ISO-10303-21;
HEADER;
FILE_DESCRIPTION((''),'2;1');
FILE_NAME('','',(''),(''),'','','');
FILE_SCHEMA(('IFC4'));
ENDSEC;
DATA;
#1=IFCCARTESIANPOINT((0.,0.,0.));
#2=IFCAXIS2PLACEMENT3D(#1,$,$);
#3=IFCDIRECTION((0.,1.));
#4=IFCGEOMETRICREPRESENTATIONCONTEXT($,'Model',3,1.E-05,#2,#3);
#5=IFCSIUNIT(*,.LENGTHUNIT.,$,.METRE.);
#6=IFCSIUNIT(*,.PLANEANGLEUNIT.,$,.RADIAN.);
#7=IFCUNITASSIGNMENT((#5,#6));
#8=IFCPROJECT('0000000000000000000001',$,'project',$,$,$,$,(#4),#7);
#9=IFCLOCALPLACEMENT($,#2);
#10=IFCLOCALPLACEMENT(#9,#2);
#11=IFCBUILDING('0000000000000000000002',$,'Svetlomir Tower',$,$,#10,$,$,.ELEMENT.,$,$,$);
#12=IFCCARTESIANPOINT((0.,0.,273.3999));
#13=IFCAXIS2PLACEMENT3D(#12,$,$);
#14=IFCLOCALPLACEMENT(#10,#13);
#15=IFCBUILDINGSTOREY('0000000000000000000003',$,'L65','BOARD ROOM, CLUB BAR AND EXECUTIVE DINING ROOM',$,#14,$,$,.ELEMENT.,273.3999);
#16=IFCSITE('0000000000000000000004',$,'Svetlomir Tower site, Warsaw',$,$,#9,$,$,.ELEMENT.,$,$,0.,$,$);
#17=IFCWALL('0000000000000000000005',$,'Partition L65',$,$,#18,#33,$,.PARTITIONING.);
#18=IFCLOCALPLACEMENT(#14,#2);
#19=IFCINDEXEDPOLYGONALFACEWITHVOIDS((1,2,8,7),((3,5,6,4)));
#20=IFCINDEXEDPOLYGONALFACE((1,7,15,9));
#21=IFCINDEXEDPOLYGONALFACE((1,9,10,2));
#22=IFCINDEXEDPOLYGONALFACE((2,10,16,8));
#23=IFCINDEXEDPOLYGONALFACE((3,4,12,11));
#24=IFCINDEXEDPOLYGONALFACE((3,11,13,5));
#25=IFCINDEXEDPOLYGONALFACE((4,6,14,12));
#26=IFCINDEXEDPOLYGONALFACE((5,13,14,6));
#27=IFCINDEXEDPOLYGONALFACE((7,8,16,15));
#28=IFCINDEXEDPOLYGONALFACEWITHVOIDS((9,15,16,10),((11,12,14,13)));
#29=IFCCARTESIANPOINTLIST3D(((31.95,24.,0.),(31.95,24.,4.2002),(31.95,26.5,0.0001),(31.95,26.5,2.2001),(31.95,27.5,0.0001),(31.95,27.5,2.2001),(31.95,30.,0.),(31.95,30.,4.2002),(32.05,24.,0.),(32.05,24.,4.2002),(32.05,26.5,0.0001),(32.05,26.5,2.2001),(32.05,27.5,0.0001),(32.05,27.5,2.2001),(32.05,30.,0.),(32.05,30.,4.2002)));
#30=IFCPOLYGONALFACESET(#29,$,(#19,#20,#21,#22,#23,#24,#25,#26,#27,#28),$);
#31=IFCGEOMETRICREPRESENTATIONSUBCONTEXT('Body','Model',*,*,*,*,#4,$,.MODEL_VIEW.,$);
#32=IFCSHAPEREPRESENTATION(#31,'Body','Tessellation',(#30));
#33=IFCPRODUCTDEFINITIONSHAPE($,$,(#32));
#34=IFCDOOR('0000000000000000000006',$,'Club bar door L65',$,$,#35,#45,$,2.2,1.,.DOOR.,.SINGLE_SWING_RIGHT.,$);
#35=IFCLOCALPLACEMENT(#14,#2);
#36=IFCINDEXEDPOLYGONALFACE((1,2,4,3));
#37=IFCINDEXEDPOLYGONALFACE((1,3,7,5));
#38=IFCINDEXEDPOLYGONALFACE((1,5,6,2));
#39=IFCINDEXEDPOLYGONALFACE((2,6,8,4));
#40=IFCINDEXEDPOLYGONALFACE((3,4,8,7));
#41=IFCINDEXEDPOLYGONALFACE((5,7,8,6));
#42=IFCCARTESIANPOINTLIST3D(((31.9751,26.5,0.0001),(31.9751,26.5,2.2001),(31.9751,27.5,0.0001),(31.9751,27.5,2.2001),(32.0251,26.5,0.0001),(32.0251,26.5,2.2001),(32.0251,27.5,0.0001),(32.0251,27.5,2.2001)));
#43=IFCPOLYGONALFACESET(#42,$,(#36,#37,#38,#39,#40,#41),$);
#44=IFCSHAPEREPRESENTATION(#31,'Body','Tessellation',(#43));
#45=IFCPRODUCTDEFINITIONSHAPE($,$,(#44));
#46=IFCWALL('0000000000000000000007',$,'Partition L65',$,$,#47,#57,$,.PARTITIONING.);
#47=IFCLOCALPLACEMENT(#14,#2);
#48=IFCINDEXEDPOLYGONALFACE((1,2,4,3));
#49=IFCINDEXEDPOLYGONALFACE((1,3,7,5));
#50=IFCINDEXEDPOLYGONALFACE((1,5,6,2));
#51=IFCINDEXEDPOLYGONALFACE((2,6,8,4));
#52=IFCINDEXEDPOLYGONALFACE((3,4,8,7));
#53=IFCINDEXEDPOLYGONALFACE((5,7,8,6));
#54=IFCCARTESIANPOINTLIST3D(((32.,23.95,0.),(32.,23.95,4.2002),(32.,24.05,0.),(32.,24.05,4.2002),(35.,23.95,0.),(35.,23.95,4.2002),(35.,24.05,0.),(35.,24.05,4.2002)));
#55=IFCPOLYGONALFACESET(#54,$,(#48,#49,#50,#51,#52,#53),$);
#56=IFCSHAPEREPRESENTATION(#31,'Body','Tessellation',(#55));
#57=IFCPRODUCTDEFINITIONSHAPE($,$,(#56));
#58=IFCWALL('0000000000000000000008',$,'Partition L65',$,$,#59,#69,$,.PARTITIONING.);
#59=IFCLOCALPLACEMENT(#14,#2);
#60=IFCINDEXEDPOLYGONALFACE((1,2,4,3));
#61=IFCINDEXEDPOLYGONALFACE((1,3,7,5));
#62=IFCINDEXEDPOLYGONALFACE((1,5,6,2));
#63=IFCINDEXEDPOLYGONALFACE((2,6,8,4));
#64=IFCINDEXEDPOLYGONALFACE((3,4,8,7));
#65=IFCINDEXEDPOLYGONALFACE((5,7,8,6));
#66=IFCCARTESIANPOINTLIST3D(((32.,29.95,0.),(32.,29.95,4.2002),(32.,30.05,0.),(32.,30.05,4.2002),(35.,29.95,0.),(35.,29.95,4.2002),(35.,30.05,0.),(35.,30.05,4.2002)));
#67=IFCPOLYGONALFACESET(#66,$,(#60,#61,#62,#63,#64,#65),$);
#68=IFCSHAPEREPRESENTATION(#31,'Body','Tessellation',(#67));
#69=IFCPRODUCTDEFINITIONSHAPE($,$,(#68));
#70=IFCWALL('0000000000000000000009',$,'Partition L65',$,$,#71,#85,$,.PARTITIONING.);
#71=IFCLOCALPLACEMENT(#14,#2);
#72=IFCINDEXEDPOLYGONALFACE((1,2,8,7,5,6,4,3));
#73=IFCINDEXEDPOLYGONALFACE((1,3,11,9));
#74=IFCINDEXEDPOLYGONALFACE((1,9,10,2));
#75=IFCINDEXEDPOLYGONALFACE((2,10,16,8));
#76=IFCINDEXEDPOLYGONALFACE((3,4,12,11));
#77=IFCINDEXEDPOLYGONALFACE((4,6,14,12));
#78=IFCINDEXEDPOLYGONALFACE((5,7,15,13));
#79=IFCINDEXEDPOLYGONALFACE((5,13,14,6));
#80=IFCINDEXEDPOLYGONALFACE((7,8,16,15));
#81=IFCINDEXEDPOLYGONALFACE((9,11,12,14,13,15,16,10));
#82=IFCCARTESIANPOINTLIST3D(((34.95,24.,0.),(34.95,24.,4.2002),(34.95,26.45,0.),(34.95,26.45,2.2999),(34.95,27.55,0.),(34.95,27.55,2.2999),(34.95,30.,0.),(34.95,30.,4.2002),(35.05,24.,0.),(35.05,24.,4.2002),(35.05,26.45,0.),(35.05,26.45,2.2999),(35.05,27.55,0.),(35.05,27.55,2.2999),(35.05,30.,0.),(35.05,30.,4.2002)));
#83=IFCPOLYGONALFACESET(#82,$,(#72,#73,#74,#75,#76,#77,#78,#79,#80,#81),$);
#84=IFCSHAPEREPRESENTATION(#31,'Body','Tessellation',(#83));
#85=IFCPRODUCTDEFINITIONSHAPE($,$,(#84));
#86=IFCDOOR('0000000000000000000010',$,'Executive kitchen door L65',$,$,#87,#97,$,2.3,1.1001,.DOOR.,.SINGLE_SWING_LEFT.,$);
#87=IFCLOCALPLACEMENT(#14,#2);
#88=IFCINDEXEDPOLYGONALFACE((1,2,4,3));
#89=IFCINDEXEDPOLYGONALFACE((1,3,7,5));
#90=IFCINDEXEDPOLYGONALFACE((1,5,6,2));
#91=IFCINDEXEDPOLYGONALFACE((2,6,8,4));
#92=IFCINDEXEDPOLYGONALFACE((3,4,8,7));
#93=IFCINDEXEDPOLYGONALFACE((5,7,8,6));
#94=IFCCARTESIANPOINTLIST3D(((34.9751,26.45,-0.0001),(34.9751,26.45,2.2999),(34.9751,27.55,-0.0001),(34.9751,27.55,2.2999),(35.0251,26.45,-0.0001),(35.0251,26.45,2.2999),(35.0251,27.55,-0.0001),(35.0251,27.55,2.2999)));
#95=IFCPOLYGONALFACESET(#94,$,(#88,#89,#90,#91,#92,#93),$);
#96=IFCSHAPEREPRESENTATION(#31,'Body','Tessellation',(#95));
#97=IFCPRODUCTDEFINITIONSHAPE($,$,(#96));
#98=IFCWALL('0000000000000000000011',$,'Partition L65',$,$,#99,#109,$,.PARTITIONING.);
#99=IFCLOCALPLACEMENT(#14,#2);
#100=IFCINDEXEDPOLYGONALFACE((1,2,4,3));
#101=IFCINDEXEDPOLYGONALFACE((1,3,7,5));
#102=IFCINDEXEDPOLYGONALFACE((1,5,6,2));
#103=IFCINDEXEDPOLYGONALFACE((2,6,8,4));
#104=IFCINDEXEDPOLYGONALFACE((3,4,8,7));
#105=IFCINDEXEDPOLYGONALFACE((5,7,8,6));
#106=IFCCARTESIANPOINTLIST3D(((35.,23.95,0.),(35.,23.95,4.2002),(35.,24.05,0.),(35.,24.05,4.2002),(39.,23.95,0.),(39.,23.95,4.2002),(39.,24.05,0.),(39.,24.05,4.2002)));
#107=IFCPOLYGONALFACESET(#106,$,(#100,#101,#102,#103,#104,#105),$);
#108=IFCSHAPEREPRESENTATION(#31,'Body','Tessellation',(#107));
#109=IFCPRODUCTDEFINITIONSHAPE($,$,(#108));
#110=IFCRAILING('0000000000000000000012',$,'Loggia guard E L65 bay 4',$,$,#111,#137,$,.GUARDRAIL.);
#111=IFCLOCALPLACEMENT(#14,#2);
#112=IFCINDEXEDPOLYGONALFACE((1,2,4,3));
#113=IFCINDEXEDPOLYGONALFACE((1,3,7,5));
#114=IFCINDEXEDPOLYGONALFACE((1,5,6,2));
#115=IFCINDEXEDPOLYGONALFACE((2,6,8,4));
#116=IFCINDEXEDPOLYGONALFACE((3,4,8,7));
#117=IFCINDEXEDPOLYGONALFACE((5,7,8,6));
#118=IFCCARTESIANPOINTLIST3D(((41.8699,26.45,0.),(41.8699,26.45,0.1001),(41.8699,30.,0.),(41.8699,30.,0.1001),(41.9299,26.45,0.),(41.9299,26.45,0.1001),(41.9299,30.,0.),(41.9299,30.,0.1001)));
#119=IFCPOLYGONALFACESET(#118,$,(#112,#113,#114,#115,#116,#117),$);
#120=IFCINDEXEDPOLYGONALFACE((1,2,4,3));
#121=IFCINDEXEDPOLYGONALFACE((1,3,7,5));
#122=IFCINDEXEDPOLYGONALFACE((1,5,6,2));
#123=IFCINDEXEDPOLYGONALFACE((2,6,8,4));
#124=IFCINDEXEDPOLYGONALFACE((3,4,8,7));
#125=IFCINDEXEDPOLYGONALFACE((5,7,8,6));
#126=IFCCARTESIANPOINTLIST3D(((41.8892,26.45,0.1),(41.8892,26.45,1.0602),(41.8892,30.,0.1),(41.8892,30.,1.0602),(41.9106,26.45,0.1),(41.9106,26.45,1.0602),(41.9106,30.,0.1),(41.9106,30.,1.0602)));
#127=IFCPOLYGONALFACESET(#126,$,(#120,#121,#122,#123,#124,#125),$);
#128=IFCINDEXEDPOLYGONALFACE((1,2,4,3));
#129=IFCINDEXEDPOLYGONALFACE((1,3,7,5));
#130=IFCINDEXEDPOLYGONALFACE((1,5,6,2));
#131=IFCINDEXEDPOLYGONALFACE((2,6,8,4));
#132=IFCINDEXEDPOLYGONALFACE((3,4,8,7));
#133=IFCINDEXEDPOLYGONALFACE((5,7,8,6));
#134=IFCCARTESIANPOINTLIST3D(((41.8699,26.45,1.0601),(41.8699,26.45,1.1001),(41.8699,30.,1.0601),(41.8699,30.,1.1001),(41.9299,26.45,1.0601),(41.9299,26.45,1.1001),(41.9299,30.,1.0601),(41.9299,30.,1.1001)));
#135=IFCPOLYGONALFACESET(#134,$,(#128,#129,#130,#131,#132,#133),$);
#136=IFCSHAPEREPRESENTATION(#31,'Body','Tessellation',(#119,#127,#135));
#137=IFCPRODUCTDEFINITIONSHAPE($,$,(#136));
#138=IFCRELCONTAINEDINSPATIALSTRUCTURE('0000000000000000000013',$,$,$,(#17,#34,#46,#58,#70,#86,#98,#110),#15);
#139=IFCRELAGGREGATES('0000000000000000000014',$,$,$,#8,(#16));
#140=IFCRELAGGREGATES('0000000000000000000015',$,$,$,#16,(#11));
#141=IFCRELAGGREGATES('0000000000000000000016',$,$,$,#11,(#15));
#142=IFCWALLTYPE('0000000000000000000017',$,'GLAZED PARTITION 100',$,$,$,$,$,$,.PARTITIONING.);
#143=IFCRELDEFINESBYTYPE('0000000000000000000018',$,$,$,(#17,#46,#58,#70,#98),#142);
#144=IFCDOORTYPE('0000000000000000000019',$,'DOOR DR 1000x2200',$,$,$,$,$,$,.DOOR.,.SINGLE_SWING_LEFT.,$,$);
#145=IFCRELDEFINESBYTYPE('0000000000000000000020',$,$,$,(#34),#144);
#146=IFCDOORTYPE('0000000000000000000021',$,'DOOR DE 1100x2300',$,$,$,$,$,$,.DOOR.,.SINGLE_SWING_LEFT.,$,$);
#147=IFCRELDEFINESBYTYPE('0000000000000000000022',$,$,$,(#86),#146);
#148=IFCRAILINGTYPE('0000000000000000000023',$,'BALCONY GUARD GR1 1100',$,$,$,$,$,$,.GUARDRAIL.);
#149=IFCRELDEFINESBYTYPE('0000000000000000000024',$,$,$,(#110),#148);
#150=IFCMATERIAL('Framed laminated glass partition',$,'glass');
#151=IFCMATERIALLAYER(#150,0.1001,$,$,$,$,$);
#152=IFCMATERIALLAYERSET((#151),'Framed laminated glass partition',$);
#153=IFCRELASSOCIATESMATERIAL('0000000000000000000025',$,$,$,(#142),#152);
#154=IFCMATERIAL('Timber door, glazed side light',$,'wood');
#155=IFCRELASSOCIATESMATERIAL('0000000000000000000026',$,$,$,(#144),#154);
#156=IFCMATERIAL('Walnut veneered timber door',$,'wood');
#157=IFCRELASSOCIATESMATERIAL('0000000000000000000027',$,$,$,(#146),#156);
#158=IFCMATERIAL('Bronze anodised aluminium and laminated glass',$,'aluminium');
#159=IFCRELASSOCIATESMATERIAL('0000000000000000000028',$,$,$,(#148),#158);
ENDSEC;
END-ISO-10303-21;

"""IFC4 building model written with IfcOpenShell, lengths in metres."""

from ifc_helpers import new_model, si_unit, direction, frame, frame_2d, origin, origin_2d, place, context, subcontext, project, spatial, rectangle, extrude, material, layer, layer_set, type_object, element, fill, save


model = new_model("IFC4")

# Units and contexts
model_context = context("Model", 3, precision=1e-05, world=origin(), true_north=direction((0.0, 1.0)))
body_context = subcontext(model_context, "Body", "Model", "MODEL_VIEW")
ifc_project = project(units=[si_unit("LENGTHUNIT", "METRE"), si_unit("PLANEANGLEUNIT", "RADIAN")], contexts=[model_context])

# Site, building, storey
site_placement = place(None, origin())
site = spatial("IfcSite", under=ifc_project, at=site_placement, Name="Svetlomir Tower site, Warsaw", CompositionType="ELEMENT", RefElevation=0.0)
building_placement = place(site_placement, origin())
building = spatial("IfcBuilding", under=site, at=building_placement, Name="Svetlomir Tower", CompositionType="ELEMENT")
storey_placement = place(building_placement, frame((0.0, 0.0, 273.3999)))
storey = spatial("IfcBuildingStorey", under=building, at=storey_placement, Name="L65", Description="BOARD ROOM, CLUB BAR AND EXECUTIVE DINING ROOM", CompositionType="ELEMENT", Elevation=273.3999)

# Wall, opening, door
ifc_material_1 = material(Name="Framed laminated glass partition", Category="glass")
ifc_layer_1 = layer(ifc_material_1, 0.1001)
ifc_layer_set_1 = layer_set([ifc_layer_1], Name="Framed laminated glass partition")
wall_type = type_object("IfcWallType", Name="GLAZED PARTITION 100", PredefinedType="PARTITIONING", material=ifc_layer_set_1)
wall_1_placement = place(storey_placement, frame((32.0, 24.0, 0.0), z_axis=(0.0, 0.0, 1.0), x_axis=(0.0, 1.0, 0.0)))
wall_1 = element("IfcWall", 1, at=wall_1_placement, inside=storey, type_object=wall_type, Name="Partition L65", PredefinedType="PARTITIONING", context=body_context, shape_type="SweptSolid", body=[
    extrude(rectangle(XDim=6.0, YDim=0.1001, at=frame_2d((3.0, 0.0))), origin(), (0.0, 0.0, 1.0), 4.2002),
])
opening_1_placement = place(wall_1_placement, frame((2.5, 0.0, 0.0)))
opening_1 = element("IfcOpeningElement", 2, at=opening_1_placement, cuts=wall_1, PredefinedType="OPENING", context=body_context, shape_type="SweptSolid", body=[
    extrude(rectangle(XDim=1.0, YDim=2.2, at=frame_2d((0.5, 1.1001))), frame((0.0, 0.0601, 0.0), z_axis=(0.0, -1.0, 0.0), x_axis=(1.0, 0.0, 0.0)), (0.0, 0.0, 1.0), 0.1201),
])
ifc_material_2 = material(Name="Timber door, glazed side light", Category="wood")
door_type_1 = type_object("IfcDoorType", Name="DOOR DR 1000x2200", OperationType="SINGLE_SWING_LEFT", PredefinedType="DOOR", material=ifc_material_2)
door_1_placement = place(opening_1_placement, origin())
door_1 = element("IfcDoor", 3, at=door_1_placement, inside=storey, type_object=door_type_1, Name="Club bar door L65", OperationType="SINGLE_SWING_RIGHT", OverallHeight=2.2, OverallWidth=1.0, PredefinedType="DOOR", context=body_context, shape_type="SweptSolid", body=[
    extrude(rectangle(XDim=1.0, YDim=2.2, at=frame_2d((0.5, 1.1001))), frame((0.0, 0.0249, 0.0), z_axis=(0.0, -1.0, 0.0), x_axis=(1.0, 0.0, 0.0)), (0.0, 0.0, 1.0), 0.05),
])
fill(opening_1, door_1)

# Walls
for number, where, z_axis, x_axis, name in (
    (4, (32.0, 24.0, 0.0), (0.0, 0.0, 1.0), (1.0, 0.0, 0.0), "Partition L65"),
    (5, (32.0, 30.0, 0.0), (0.0, 0.0, 1.0), (1.0, 0.0, 0.0), "Partition L65"),
):
    element("IfcWall", number, at=place(storey_placement, frame(where, z_axis=z_axis, x_axis=x_axis)), inside=storey, type_object=wall_type, Name=name, PredefinedType="PARTITIONING", context=body_context, shape_type="SweptSolid", body=[
        extrude(rectangle(XDim=3.0, YDim=0.1001, at=frame_2d((1.5, 0.0))), origin(), (0.0, 0.0, 1.0), 4.2002),
    ])

# Wall, opening, door
wall_2_placement = place(storey_placement, frame((35.0, 24.0, 0.0), z_axis=(0.0, 0.0, 1.0), x_axis=(0.0, 1.0, 0.0)))
wall_2 = element("IfcWall", 6, at=wall_2_placement, inside=storey, type_object=wall_type, Name="Partition L65", PredefinedType="PARTITIONING", context=body_context, shape_type="SweptSolid", body=[
    extrude(rectangle(XDim=6.0, YDim=0.1001, at=frame_2d((3.0, 0.0))), origin(), (0.0, 0.0, 1.0), 4.2002),
])
opening_2_placement = place(wall_2_placement, frame((2.45, 0.0, 0.0)))
opening_2 = element("IfcOpeningElement", 7, at=opening_2_placement, cuts=wall_2, PredefinedType="OPENING", context=body_context, shape_type="SweptSolid", body=[
    extrude(rectangle(XDim=1.1001, YDim=2.3, at=frame_2d((0.55, 1.1499))), frame((0.0, 0.0601, 0.0), z_axis=(0.0, -1.0, 0.0), x_axis=(1.0, 0.0, 0.0)), (0.0, 0.0, 1.0), 0.1201),
])
ifc_material_3 = material(Name="Walnut veneered timber door", Category="wood")
door_type_2 = type_object("IfcDoorType", Name="DOOR DE 1100x2300", OperationType="SINGLE_SWING_LEFT", PredefinedType="DOOR", material=ifc_material_3)
door_2_placement = place(opening_2_placement, origin())
door_2 = element("IfcDoor", 8, at=door_2_placement, inside=storey, type_object=door_type_2, Name="Executive kitchen door L65", OperationType="SINGLE_SWING_LEFT", OverallHeight=2.3, OverallWidth=1.1001, PredefinedType="DOOR", context=body_context, shape_type="SweptSolid", body=[
    extrude(rectangle(XDim=1.1001, YDim=2.3, at=frame_2d((0.55, 1.1499))), frame((0.0, 0.0249, 0.0), z_axis=(0.0, -1.0, 0.0), x_axis=(1.0, 0.0, 0.0)), (0.0, 0.0, 1.0), 0.05),
])
fill(opening_2, door_2)

# Wall
wall_3_placement = place(storey_placement, frame((35.0, 24.0, 0.0), z_axis=(0.0, 0.0, 1.0), x_axis=(1.0, 0.0, 0.0)))
element("IfcWall", 9, at=wall_3_placement, inside=storey, type_object=wall_type, Name="Partition L65", PredefinedType="PARTITIONING", context=body_context, shape_type="SweptSolid", body=[
    extrude(rectangle(XDim=4.0, YDim=0.1001, at=frame_2d((2.0, 0.0))), origin(), (0.0, 0.0, 1.0), 4.2002),
])

# Railing
ifc_material_4 = material(Name="Bronze anodised aluminium and laminated glass", Category="aluminium")
railing_type = type_object("IfcRailingType", Name="BALCONY GUARD GR1 1100", PredefinedType="GUARDRAIL", material=ifc_material_4)
railing_placement = place(storey_placement, frame((41.8999, 26.45, 0.0)))
element("IfcRailing", 10, at=railing_placement, inside=storey, type_object=railing_type, Name="Loggia guard E L65 bay 4", PredefinedType="GUARDRAIL", context=body_context, shape_type="SweptSolid", body=[
    extrude(rectangle(XDim=0.0601, YDim=0.1001, at=origin_2d()), frame((0.0, 0.0, 0.05), z_axis=(0.0, 1.0, 0.0), x_axis=(-1.0, 0.0, 0.0)), (0.0, 0.0, 1.0), 3.55),
    extrude(rectangle(XDim=0.0215, YDim=0.9602, at=origin_2d()), frame((0.0, 0.0, 0.5801), z_axis=(0.0, 1.0, 0.0), x_axis=(-1.0, 0.0, 0.0)), (0.0, 0.0, 1.0), 3.55),
    extrude(rectangle(XDim=0.0601, YDim=0.04, at=origin_2d()), frame((0.0, 0.0, 1.0801), z_axis=(0.0, 1.0, 0.0), x_axis=(-1.0, 0.0, 0.0)), (0.0, 0.0, 1.0), 3.55),
])

save(model, "model.ifc")
